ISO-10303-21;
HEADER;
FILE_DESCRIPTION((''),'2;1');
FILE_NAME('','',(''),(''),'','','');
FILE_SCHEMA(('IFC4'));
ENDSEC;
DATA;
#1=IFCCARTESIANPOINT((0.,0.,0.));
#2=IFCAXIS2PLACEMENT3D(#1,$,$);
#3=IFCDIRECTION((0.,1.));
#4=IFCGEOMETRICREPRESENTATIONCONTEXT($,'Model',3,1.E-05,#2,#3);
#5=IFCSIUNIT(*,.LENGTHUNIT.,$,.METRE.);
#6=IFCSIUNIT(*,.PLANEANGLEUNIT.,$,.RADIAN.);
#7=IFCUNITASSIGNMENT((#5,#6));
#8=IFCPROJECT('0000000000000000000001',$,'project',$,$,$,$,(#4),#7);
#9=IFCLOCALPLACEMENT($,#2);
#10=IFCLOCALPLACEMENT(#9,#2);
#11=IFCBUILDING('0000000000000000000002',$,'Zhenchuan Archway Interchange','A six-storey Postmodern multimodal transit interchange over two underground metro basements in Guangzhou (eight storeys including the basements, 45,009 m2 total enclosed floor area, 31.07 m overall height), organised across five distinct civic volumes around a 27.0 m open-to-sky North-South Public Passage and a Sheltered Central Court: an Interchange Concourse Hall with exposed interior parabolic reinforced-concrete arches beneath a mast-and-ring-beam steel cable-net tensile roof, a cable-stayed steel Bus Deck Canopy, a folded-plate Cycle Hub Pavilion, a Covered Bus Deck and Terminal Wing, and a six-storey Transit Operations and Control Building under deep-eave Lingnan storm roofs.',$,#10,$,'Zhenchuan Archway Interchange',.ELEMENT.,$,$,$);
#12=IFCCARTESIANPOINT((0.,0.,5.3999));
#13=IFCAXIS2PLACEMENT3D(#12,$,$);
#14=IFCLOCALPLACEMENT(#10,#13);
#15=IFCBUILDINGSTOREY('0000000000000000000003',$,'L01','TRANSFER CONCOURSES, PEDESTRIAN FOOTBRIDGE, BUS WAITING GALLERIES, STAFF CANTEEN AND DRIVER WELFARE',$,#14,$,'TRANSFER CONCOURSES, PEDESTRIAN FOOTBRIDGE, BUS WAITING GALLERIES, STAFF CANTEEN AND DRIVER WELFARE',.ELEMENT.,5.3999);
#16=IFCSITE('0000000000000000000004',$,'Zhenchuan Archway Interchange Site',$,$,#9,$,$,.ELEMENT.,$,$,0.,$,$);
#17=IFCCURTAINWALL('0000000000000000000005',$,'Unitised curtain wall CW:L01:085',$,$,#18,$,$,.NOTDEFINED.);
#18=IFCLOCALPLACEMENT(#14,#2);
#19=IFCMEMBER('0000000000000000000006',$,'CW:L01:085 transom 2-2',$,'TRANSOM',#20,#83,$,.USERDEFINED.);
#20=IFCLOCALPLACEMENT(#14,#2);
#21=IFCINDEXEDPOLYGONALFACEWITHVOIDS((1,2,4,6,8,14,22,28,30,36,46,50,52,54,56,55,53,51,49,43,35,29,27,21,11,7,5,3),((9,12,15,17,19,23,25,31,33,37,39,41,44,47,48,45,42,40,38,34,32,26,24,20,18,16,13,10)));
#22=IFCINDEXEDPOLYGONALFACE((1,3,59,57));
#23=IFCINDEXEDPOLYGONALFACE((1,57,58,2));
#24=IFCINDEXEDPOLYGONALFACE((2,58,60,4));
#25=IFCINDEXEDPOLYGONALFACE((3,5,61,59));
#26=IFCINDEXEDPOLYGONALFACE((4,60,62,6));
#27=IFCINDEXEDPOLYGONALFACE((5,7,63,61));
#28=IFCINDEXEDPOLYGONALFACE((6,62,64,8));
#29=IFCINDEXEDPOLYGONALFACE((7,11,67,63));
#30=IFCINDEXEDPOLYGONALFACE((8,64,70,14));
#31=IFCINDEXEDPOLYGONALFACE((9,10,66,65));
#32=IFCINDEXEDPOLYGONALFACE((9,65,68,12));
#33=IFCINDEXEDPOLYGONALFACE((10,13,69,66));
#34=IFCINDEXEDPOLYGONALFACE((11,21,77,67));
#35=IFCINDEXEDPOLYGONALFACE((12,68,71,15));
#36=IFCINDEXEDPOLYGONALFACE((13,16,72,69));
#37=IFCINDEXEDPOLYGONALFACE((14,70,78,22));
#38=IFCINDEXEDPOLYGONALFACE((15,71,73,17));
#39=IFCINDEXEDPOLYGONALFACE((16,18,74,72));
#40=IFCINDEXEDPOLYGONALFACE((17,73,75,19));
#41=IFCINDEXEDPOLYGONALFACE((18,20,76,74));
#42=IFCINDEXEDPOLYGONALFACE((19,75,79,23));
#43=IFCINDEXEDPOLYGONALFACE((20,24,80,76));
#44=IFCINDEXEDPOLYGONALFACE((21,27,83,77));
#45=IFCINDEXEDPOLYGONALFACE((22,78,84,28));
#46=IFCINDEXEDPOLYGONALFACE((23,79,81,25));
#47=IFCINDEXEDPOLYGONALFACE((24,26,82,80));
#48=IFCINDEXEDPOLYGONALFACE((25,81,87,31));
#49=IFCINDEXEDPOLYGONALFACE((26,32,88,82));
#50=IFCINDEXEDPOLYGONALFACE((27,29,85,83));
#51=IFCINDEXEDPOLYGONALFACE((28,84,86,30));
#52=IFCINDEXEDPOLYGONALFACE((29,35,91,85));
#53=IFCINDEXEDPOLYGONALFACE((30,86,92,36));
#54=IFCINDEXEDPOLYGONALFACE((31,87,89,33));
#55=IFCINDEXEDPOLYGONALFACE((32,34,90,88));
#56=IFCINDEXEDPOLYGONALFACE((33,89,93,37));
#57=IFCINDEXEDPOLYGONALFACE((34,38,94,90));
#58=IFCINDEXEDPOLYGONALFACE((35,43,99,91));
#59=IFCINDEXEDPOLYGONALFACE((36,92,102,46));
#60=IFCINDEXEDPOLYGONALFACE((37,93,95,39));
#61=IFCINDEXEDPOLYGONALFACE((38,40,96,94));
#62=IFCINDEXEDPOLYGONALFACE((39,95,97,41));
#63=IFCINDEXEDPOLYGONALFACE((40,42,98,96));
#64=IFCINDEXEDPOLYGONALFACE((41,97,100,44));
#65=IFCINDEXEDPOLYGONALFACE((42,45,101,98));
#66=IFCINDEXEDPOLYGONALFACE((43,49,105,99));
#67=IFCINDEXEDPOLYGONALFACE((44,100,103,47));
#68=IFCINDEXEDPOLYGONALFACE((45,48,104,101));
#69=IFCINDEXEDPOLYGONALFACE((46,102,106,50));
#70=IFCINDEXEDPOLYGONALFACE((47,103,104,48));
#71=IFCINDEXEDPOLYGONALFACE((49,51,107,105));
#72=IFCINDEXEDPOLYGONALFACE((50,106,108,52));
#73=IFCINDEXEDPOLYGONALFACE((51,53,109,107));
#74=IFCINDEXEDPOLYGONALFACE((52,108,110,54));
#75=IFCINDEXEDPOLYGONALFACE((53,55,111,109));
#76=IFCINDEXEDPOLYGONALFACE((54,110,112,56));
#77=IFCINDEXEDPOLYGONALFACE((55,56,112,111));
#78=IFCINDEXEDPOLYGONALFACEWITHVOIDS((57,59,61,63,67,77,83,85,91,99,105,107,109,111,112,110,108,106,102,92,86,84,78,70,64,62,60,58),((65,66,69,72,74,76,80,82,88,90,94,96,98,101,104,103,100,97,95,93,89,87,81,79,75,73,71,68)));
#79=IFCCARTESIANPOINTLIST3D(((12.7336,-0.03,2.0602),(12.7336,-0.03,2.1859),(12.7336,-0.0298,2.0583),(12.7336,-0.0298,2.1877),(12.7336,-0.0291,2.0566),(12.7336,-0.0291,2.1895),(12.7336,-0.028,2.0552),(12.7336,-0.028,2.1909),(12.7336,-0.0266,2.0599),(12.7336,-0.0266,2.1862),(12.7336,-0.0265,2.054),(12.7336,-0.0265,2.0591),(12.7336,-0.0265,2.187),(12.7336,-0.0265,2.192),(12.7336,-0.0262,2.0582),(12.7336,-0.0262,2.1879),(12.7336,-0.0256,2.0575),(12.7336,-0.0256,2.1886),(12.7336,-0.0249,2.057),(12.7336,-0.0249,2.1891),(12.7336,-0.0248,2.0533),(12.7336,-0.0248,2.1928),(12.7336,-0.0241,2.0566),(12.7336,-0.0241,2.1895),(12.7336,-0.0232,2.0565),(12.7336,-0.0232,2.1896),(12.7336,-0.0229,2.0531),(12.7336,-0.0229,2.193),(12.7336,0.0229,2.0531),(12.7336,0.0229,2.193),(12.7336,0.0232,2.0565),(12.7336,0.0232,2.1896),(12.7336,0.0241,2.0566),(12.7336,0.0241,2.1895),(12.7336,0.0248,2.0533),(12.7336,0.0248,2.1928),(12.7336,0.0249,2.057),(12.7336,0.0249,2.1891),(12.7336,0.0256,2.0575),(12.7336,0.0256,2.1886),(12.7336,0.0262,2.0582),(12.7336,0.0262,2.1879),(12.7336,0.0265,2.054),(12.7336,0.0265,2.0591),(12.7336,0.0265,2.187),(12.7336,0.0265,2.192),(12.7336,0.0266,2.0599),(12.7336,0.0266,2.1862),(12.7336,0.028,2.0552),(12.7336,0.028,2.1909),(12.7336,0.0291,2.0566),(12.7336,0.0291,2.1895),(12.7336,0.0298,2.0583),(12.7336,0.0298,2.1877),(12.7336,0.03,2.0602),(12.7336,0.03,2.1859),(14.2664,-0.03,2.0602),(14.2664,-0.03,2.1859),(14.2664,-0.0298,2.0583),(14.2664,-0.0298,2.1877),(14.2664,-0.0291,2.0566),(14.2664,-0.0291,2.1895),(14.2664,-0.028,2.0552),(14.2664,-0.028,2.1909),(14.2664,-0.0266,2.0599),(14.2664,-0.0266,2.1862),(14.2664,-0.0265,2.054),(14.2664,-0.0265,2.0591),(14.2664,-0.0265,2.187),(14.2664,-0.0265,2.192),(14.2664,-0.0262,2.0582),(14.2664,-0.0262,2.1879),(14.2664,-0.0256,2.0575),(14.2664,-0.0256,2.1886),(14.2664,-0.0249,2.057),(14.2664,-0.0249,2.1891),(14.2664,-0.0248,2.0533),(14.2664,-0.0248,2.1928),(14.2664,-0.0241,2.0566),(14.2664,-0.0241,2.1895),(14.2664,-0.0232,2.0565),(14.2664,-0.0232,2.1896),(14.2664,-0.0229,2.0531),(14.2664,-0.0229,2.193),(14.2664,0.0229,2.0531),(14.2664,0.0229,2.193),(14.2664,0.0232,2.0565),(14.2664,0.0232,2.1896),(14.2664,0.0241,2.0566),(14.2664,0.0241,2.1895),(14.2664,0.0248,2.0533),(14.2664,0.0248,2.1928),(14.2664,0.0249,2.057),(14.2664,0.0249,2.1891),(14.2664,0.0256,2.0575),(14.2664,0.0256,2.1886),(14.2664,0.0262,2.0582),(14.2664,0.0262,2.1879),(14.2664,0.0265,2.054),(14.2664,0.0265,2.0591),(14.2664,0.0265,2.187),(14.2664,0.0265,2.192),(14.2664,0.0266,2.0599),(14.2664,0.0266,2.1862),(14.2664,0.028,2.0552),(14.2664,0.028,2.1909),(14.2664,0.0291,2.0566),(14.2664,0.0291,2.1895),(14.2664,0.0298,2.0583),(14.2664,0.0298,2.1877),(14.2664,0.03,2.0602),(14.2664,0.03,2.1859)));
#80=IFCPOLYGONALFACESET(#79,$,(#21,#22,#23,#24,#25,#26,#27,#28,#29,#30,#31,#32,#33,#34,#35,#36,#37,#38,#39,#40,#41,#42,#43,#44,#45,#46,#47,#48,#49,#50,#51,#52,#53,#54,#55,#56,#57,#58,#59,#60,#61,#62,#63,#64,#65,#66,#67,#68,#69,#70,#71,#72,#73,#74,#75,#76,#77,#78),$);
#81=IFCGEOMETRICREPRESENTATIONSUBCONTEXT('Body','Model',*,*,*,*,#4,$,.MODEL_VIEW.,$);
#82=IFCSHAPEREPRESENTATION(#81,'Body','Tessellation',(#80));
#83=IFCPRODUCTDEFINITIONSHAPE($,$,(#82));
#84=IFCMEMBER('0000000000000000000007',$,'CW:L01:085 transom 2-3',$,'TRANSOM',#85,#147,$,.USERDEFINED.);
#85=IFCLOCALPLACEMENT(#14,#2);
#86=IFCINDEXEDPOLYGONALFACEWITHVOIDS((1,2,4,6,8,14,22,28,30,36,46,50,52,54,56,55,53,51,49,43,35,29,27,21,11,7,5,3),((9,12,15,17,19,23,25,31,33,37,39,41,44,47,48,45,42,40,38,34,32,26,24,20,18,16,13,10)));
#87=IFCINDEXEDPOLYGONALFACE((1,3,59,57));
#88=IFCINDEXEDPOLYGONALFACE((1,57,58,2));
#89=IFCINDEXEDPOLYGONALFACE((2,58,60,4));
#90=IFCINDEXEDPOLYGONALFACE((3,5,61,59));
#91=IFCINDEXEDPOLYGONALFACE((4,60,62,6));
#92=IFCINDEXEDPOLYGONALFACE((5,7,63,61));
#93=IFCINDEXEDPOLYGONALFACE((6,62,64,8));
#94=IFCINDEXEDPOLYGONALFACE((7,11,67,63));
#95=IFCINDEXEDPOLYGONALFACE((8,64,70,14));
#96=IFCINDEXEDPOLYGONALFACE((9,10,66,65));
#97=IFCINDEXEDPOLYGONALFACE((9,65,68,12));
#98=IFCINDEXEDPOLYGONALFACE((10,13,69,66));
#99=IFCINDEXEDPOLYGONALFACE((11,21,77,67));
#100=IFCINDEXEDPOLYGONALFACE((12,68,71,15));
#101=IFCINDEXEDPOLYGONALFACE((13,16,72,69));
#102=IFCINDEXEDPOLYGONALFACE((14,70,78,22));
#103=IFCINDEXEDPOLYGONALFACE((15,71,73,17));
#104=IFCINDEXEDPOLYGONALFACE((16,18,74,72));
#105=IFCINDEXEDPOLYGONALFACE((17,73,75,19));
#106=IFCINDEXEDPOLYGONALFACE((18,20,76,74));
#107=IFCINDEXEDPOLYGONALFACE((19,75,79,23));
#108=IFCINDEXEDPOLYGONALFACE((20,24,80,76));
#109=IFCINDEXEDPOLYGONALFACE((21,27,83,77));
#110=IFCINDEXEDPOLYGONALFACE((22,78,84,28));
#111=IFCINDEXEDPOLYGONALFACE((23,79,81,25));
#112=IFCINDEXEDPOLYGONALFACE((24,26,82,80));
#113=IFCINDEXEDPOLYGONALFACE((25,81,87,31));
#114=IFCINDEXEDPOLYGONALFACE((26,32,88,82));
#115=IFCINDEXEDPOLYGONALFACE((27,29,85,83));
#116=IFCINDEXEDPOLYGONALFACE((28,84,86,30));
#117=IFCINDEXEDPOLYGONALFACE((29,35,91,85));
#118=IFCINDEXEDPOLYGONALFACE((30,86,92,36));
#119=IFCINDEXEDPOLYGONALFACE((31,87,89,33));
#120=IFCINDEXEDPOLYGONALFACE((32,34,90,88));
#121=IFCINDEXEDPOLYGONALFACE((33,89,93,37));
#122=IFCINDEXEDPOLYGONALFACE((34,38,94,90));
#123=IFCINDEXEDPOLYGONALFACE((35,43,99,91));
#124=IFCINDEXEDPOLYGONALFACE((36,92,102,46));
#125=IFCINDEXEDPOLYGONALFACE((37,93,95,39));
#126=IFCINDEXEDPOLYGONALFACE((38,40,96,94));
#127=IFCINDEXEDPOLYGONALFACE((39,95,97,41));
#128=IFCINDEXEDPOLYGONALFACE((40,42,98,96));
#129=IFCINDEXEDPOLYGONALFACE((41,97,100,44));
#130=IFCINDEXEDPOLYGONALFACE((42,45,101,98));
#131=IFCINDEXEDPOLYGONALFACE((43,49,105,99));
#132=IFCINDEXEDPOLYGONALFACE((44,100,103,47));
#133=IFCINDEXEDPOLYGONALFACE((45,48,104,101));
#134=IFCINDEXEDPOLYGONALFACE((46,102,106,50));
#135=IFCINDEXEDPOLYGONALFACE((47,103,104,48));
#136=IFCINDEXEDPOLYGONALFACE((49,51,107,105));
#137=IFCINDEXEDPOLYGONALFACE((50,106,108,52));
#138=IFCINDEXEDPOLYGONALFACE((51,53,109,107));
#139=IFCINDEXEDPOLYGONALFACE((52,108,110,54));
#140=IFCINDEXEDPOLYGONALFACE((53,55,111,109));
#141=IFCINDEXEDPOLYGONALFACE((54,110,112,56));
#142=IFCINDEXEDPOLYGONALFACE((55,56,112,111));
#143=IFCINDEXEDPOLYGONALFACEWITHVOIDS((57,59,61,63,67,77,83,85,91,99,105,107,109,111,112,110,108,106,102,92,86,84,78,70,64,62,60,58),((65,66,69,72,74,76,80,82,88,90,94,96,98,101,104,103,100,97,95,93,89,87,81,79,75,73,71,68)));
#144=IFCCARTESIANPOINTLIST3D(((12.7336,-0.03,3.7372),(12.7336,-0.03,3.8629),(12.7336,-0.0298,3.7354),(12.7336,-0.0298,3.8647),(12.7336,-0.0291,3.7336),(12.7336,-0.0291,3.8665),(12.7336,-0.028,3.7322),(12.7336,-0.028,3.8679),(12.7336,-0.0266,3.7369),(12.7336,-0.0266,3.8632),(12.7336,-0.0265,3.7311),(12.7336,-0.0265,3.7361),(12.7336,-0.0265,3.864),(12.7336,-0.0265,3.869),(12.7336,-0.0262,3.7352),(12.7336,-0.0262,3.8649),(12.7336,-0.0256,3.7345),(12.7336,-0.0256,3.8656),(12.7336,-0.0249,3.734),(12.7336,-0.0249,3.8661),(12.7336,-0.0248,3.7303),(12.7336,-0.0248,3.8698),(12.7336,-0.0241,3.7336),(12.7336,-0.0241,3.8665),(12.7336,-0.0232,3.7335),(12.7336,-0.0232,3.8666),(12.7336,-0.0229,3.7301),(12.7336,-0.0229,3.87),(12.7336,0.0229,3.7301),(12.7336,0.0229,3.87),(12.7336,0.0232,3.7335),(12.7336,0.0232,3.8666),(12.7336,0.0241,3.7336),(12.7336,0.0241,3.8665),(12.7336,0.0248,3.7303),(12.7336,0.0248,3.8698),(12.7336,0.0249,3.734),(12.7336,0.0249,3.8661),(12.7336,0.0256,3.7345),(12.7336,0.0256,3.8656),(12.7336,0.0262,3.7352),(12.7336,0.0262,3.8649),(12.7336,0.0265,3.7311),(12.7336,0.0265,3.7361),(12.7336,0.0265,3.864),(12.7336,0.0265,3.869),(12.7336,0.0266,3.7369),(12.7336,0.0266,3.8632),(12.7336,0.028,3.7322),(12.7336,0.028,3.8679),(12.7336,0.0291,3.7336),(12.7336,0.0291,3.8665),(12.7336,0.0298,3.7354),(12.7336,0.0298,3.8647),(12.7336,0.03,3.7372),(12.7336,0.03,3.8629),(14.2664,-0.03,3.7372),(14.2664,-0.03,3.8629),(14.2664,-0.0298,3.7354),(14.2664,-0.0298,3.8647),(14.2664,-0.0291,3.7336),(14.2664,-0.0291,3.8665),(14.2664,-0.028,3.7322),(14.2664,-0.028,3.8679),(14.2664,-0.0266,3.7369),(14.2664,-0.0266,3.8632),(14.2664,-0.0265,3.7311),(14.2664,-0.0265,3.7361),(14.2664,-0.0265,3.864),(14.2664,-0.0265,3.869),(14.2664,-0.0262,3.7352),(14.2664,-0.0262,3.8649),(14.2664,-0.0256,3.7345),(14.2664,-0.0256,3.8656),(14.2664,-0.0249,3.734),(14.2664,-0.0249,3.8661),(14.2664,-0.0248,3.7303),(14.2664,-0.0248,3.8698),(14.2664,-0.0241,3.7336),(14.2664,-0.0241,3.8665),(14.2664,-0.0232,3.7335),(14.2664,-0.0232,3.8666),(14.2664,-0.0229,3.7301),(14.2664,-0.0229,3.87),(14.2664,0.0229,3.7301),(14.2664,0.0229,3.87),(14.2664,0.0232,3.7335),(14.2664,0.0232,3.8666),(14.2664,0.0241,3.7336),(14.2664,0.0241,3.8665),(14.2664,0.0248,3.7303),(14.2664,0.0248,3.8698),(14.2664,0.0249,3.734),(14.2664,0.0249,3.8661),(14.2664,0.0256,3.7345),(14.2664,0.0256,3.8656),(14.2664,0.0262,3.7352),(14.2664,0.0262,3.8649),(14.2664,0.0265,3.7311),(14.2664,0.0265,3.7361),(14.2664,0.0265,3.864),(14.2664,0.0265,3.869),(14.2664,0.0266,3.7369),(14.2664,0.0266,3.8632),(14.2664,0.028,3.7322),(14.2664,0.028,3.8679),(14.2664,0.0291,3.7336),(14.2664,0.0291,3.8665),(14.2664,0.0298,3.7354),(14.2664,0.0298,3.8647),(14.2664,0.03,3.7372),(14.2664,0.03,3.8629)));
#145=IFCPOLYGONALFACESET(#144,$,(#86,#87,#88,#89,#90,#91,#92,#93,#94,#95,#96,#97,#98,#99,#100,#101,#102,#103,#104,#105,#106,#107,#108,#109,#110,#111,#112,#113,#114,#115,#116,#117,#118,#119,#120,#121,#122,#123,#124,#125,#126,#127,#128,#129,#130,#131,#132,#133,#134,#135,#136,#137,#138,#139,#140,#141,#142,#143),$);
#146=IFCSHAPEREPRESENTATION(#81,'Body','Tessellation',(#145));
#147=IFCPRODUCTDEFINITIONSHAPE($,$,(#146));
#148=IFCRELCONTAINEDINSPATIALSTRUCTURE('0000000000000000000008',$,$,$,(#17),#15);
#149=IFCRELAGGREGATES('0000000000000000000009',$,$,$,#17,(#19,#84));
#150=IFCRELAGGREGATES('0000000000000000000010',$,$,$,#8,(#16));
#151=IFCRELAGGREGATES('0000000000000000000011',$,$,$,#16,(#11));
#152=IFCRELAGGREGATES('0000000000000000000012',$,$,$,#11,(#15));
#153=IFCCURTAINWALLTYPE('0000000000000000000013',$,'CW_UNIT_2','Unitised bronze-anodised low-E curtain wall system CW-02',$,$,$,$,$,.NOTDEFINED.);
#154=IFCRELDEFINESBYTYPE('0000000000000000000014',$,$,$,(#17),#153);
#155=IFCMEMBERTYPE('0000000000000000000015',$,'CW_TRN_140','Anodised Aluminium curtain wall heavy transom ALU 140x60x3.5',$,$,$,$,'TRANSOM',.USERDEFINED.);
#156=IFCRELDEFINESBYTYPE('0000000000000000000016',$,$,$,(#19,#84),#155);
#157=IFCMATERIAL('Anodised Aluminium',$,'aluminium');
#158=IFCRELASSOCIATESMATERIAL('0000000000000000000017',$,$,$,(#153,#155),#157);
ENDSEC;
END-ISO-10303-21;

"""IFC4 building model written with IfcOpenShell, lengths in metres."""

from ifc_helpers import new_model, si_unit, direction, frame, origin, origin_2d, place, context, subcontext, project, spatial, hollow_rectangle, extrude, material, material_profile, profile_set, type_object, element, aggregate, save


model = new_model("IFC4")

# Units and contexts
model_context = context("Model", 3, precision=1e-05, world=origin(), true_north=direction((0.0, 1.0)))
body_context = subcontext(model_context, "Body", "Model", "MODEL_VIEW")
ifc_project = project(units=[si_unit("LENGTHUNIT", "METRE"), si_unit("PLANEANGLEUNIT", "RADIAN")], contexts=[model_context])

# Site, building, storey
site_placement = place(None, origin())
site = spatial("IfcSite", under=ifc_project, at=site_placement, Name="Zhenchuan Archway Interchange Site", CompositionType="ELEMENT", RefElevation=0.0)
building_placement = place(site_placement, origin())
building = spatial("IfcBuilding", under=site, at=building_placement, Name="Zhenchuan Archway Interchange", Description="A six-storey Postmodern multimodal transit interchange over two underground metro basements in Guangzhou (eight storeys including the basements, 45,009 m2 total enclosed floor area, 31.07 m overall height), organised across five distinct civic volumes around a 27.0 m open-to-sky North-South Public Passage and a Sheltered Central Court: an Interchange Concourse Hall with exposed interior parabolic reinforced-concrete arches beneath a mast-and-ring-beam steel cable-net tensile roof, a cable-stayed steel Bus Deck Canopy, a folded-plate Cycle Hub Pavilion, a Covered Bus Deck and Terminal Wing, and a six-storey Transit Operations and Control Building under deep-eave Lingnan storm roofs.", LongName="Zhenchuan Archway Interchange", CompositionType="ELEMENT")
storey_placement = place(building_placement, frame((0.0, 0.0, 5.3999)))
storey = spatial("IfcBuildingStorey", under=building, at=storey_placement, Name="L01", Description="TRANSFER CONCOURSES, PEDESTRIAN FOOTBRIDGE, BUS WAITING GALLERIES, STAFF CANTEEN AND DRIVER WELFARE", LongName="TRANSFER CONCOURSES, PEDESTRIAN FOOTBRIDGE, BUS WAITING GALLERIES, STAFF CANTEEN AND DRIVER WELFARE", CompositionType="ELEMENT", Elevation=5.3999)

# Curtain wall, members
ifc_material_1 = material(Name="Anodised Aluminium", Category="aluminium")
curtain_wall_type = type_object("IfcCurtainWallType", Name="CW_UNIT_2", Description="Unitised bronze-anodised low-E curtain wall system CW-02", PredefinedType="NOTDEFINED", material=ifc_material_1)
curtain_wall_placement = place(storey_placement, origin())
curtain_wall = element("IfcCurtainWall", 1, at=curtain_wall_placement, inside=storey, type_object=curtain_wall_type, Name="Unitised curtain wall CW:L01:085", PredefinedType="NOTDEFINED")
ifc_material_profile_1 = material_profile(ifc_material_1, hollow_rectangle(XDim=0.0601, YDim=0.1399, WallThickness=0.0034, InnerFilletRadius=0.0034, OuterFilletRadius=0.0071, at=origin_2d()), Name="ALU 140x60x3.5")
ifc_profile_set_1 = profile_set([ifc_material_profile_1], Name="Anodised Aluminium")
member_type_1 = type_object("IfcMemberType", Name="CW_TRN_140", Description="Anodised Aluminium curtain wall heavy transom ALU 140x60x3.5", ElementType="TRANSOM", PredefinedType="USERDEFINED", material=ifc_profile_set_1)
member_1_placement = place(storey_placement, frame((14.2664, 0.0, 2.123), z_axis=(-1.0, 0.0, 0.0), x_axis=(0.0, -1.0, 0.0)))
member_1 = element("IfcMember", 2, at=member_1_placement, type_object=member_type_1, Name="CW:L01:085 transom 2-2", ObjectType="TRANSOM", PredefinedType="USERDEFINED", context=body_context, shape_type="SweptSolid", body=[
    extrude(hollow_rectangle(XDim=0.0601, YDim=0.1399, WallThickness=0.0034, InnerFilletRadius=0.0034, OuterFilletRadius=0.0071, at=origin_2d()), origin(), (0.0, 0.0, 1.0), 1.5327),
])
member_2_placement = place(storey_placement, frame((14.2664, 0.0, 3.8), z_axis=(-1.0, 0.0, 0.0), x_axis=(0.0, -1.0, 0.0)))
member_2 = element("IfcMember", 3, at=member_2_placement, type_object=member_type_1, Name="CW:L01:085 transom 2-3", ObjectType="TRANSOM", PredefinedType="USERDEFINED", context=body_context, shape_type="SweptSolid", body=[
    extrude(hollow_rectangle(XDim=0.0601, YDim=0.1399, WallThickness=0.0034, InnerFilletRadius=0.0034, OuterFilletRadius=0.0071, at=origin_2d()), origin(), (0.0, 0.0, 1.0), 1.5327),
])

aggregate(curtain_wall, [member_1, member_2])

save(model, "model.ifc")
